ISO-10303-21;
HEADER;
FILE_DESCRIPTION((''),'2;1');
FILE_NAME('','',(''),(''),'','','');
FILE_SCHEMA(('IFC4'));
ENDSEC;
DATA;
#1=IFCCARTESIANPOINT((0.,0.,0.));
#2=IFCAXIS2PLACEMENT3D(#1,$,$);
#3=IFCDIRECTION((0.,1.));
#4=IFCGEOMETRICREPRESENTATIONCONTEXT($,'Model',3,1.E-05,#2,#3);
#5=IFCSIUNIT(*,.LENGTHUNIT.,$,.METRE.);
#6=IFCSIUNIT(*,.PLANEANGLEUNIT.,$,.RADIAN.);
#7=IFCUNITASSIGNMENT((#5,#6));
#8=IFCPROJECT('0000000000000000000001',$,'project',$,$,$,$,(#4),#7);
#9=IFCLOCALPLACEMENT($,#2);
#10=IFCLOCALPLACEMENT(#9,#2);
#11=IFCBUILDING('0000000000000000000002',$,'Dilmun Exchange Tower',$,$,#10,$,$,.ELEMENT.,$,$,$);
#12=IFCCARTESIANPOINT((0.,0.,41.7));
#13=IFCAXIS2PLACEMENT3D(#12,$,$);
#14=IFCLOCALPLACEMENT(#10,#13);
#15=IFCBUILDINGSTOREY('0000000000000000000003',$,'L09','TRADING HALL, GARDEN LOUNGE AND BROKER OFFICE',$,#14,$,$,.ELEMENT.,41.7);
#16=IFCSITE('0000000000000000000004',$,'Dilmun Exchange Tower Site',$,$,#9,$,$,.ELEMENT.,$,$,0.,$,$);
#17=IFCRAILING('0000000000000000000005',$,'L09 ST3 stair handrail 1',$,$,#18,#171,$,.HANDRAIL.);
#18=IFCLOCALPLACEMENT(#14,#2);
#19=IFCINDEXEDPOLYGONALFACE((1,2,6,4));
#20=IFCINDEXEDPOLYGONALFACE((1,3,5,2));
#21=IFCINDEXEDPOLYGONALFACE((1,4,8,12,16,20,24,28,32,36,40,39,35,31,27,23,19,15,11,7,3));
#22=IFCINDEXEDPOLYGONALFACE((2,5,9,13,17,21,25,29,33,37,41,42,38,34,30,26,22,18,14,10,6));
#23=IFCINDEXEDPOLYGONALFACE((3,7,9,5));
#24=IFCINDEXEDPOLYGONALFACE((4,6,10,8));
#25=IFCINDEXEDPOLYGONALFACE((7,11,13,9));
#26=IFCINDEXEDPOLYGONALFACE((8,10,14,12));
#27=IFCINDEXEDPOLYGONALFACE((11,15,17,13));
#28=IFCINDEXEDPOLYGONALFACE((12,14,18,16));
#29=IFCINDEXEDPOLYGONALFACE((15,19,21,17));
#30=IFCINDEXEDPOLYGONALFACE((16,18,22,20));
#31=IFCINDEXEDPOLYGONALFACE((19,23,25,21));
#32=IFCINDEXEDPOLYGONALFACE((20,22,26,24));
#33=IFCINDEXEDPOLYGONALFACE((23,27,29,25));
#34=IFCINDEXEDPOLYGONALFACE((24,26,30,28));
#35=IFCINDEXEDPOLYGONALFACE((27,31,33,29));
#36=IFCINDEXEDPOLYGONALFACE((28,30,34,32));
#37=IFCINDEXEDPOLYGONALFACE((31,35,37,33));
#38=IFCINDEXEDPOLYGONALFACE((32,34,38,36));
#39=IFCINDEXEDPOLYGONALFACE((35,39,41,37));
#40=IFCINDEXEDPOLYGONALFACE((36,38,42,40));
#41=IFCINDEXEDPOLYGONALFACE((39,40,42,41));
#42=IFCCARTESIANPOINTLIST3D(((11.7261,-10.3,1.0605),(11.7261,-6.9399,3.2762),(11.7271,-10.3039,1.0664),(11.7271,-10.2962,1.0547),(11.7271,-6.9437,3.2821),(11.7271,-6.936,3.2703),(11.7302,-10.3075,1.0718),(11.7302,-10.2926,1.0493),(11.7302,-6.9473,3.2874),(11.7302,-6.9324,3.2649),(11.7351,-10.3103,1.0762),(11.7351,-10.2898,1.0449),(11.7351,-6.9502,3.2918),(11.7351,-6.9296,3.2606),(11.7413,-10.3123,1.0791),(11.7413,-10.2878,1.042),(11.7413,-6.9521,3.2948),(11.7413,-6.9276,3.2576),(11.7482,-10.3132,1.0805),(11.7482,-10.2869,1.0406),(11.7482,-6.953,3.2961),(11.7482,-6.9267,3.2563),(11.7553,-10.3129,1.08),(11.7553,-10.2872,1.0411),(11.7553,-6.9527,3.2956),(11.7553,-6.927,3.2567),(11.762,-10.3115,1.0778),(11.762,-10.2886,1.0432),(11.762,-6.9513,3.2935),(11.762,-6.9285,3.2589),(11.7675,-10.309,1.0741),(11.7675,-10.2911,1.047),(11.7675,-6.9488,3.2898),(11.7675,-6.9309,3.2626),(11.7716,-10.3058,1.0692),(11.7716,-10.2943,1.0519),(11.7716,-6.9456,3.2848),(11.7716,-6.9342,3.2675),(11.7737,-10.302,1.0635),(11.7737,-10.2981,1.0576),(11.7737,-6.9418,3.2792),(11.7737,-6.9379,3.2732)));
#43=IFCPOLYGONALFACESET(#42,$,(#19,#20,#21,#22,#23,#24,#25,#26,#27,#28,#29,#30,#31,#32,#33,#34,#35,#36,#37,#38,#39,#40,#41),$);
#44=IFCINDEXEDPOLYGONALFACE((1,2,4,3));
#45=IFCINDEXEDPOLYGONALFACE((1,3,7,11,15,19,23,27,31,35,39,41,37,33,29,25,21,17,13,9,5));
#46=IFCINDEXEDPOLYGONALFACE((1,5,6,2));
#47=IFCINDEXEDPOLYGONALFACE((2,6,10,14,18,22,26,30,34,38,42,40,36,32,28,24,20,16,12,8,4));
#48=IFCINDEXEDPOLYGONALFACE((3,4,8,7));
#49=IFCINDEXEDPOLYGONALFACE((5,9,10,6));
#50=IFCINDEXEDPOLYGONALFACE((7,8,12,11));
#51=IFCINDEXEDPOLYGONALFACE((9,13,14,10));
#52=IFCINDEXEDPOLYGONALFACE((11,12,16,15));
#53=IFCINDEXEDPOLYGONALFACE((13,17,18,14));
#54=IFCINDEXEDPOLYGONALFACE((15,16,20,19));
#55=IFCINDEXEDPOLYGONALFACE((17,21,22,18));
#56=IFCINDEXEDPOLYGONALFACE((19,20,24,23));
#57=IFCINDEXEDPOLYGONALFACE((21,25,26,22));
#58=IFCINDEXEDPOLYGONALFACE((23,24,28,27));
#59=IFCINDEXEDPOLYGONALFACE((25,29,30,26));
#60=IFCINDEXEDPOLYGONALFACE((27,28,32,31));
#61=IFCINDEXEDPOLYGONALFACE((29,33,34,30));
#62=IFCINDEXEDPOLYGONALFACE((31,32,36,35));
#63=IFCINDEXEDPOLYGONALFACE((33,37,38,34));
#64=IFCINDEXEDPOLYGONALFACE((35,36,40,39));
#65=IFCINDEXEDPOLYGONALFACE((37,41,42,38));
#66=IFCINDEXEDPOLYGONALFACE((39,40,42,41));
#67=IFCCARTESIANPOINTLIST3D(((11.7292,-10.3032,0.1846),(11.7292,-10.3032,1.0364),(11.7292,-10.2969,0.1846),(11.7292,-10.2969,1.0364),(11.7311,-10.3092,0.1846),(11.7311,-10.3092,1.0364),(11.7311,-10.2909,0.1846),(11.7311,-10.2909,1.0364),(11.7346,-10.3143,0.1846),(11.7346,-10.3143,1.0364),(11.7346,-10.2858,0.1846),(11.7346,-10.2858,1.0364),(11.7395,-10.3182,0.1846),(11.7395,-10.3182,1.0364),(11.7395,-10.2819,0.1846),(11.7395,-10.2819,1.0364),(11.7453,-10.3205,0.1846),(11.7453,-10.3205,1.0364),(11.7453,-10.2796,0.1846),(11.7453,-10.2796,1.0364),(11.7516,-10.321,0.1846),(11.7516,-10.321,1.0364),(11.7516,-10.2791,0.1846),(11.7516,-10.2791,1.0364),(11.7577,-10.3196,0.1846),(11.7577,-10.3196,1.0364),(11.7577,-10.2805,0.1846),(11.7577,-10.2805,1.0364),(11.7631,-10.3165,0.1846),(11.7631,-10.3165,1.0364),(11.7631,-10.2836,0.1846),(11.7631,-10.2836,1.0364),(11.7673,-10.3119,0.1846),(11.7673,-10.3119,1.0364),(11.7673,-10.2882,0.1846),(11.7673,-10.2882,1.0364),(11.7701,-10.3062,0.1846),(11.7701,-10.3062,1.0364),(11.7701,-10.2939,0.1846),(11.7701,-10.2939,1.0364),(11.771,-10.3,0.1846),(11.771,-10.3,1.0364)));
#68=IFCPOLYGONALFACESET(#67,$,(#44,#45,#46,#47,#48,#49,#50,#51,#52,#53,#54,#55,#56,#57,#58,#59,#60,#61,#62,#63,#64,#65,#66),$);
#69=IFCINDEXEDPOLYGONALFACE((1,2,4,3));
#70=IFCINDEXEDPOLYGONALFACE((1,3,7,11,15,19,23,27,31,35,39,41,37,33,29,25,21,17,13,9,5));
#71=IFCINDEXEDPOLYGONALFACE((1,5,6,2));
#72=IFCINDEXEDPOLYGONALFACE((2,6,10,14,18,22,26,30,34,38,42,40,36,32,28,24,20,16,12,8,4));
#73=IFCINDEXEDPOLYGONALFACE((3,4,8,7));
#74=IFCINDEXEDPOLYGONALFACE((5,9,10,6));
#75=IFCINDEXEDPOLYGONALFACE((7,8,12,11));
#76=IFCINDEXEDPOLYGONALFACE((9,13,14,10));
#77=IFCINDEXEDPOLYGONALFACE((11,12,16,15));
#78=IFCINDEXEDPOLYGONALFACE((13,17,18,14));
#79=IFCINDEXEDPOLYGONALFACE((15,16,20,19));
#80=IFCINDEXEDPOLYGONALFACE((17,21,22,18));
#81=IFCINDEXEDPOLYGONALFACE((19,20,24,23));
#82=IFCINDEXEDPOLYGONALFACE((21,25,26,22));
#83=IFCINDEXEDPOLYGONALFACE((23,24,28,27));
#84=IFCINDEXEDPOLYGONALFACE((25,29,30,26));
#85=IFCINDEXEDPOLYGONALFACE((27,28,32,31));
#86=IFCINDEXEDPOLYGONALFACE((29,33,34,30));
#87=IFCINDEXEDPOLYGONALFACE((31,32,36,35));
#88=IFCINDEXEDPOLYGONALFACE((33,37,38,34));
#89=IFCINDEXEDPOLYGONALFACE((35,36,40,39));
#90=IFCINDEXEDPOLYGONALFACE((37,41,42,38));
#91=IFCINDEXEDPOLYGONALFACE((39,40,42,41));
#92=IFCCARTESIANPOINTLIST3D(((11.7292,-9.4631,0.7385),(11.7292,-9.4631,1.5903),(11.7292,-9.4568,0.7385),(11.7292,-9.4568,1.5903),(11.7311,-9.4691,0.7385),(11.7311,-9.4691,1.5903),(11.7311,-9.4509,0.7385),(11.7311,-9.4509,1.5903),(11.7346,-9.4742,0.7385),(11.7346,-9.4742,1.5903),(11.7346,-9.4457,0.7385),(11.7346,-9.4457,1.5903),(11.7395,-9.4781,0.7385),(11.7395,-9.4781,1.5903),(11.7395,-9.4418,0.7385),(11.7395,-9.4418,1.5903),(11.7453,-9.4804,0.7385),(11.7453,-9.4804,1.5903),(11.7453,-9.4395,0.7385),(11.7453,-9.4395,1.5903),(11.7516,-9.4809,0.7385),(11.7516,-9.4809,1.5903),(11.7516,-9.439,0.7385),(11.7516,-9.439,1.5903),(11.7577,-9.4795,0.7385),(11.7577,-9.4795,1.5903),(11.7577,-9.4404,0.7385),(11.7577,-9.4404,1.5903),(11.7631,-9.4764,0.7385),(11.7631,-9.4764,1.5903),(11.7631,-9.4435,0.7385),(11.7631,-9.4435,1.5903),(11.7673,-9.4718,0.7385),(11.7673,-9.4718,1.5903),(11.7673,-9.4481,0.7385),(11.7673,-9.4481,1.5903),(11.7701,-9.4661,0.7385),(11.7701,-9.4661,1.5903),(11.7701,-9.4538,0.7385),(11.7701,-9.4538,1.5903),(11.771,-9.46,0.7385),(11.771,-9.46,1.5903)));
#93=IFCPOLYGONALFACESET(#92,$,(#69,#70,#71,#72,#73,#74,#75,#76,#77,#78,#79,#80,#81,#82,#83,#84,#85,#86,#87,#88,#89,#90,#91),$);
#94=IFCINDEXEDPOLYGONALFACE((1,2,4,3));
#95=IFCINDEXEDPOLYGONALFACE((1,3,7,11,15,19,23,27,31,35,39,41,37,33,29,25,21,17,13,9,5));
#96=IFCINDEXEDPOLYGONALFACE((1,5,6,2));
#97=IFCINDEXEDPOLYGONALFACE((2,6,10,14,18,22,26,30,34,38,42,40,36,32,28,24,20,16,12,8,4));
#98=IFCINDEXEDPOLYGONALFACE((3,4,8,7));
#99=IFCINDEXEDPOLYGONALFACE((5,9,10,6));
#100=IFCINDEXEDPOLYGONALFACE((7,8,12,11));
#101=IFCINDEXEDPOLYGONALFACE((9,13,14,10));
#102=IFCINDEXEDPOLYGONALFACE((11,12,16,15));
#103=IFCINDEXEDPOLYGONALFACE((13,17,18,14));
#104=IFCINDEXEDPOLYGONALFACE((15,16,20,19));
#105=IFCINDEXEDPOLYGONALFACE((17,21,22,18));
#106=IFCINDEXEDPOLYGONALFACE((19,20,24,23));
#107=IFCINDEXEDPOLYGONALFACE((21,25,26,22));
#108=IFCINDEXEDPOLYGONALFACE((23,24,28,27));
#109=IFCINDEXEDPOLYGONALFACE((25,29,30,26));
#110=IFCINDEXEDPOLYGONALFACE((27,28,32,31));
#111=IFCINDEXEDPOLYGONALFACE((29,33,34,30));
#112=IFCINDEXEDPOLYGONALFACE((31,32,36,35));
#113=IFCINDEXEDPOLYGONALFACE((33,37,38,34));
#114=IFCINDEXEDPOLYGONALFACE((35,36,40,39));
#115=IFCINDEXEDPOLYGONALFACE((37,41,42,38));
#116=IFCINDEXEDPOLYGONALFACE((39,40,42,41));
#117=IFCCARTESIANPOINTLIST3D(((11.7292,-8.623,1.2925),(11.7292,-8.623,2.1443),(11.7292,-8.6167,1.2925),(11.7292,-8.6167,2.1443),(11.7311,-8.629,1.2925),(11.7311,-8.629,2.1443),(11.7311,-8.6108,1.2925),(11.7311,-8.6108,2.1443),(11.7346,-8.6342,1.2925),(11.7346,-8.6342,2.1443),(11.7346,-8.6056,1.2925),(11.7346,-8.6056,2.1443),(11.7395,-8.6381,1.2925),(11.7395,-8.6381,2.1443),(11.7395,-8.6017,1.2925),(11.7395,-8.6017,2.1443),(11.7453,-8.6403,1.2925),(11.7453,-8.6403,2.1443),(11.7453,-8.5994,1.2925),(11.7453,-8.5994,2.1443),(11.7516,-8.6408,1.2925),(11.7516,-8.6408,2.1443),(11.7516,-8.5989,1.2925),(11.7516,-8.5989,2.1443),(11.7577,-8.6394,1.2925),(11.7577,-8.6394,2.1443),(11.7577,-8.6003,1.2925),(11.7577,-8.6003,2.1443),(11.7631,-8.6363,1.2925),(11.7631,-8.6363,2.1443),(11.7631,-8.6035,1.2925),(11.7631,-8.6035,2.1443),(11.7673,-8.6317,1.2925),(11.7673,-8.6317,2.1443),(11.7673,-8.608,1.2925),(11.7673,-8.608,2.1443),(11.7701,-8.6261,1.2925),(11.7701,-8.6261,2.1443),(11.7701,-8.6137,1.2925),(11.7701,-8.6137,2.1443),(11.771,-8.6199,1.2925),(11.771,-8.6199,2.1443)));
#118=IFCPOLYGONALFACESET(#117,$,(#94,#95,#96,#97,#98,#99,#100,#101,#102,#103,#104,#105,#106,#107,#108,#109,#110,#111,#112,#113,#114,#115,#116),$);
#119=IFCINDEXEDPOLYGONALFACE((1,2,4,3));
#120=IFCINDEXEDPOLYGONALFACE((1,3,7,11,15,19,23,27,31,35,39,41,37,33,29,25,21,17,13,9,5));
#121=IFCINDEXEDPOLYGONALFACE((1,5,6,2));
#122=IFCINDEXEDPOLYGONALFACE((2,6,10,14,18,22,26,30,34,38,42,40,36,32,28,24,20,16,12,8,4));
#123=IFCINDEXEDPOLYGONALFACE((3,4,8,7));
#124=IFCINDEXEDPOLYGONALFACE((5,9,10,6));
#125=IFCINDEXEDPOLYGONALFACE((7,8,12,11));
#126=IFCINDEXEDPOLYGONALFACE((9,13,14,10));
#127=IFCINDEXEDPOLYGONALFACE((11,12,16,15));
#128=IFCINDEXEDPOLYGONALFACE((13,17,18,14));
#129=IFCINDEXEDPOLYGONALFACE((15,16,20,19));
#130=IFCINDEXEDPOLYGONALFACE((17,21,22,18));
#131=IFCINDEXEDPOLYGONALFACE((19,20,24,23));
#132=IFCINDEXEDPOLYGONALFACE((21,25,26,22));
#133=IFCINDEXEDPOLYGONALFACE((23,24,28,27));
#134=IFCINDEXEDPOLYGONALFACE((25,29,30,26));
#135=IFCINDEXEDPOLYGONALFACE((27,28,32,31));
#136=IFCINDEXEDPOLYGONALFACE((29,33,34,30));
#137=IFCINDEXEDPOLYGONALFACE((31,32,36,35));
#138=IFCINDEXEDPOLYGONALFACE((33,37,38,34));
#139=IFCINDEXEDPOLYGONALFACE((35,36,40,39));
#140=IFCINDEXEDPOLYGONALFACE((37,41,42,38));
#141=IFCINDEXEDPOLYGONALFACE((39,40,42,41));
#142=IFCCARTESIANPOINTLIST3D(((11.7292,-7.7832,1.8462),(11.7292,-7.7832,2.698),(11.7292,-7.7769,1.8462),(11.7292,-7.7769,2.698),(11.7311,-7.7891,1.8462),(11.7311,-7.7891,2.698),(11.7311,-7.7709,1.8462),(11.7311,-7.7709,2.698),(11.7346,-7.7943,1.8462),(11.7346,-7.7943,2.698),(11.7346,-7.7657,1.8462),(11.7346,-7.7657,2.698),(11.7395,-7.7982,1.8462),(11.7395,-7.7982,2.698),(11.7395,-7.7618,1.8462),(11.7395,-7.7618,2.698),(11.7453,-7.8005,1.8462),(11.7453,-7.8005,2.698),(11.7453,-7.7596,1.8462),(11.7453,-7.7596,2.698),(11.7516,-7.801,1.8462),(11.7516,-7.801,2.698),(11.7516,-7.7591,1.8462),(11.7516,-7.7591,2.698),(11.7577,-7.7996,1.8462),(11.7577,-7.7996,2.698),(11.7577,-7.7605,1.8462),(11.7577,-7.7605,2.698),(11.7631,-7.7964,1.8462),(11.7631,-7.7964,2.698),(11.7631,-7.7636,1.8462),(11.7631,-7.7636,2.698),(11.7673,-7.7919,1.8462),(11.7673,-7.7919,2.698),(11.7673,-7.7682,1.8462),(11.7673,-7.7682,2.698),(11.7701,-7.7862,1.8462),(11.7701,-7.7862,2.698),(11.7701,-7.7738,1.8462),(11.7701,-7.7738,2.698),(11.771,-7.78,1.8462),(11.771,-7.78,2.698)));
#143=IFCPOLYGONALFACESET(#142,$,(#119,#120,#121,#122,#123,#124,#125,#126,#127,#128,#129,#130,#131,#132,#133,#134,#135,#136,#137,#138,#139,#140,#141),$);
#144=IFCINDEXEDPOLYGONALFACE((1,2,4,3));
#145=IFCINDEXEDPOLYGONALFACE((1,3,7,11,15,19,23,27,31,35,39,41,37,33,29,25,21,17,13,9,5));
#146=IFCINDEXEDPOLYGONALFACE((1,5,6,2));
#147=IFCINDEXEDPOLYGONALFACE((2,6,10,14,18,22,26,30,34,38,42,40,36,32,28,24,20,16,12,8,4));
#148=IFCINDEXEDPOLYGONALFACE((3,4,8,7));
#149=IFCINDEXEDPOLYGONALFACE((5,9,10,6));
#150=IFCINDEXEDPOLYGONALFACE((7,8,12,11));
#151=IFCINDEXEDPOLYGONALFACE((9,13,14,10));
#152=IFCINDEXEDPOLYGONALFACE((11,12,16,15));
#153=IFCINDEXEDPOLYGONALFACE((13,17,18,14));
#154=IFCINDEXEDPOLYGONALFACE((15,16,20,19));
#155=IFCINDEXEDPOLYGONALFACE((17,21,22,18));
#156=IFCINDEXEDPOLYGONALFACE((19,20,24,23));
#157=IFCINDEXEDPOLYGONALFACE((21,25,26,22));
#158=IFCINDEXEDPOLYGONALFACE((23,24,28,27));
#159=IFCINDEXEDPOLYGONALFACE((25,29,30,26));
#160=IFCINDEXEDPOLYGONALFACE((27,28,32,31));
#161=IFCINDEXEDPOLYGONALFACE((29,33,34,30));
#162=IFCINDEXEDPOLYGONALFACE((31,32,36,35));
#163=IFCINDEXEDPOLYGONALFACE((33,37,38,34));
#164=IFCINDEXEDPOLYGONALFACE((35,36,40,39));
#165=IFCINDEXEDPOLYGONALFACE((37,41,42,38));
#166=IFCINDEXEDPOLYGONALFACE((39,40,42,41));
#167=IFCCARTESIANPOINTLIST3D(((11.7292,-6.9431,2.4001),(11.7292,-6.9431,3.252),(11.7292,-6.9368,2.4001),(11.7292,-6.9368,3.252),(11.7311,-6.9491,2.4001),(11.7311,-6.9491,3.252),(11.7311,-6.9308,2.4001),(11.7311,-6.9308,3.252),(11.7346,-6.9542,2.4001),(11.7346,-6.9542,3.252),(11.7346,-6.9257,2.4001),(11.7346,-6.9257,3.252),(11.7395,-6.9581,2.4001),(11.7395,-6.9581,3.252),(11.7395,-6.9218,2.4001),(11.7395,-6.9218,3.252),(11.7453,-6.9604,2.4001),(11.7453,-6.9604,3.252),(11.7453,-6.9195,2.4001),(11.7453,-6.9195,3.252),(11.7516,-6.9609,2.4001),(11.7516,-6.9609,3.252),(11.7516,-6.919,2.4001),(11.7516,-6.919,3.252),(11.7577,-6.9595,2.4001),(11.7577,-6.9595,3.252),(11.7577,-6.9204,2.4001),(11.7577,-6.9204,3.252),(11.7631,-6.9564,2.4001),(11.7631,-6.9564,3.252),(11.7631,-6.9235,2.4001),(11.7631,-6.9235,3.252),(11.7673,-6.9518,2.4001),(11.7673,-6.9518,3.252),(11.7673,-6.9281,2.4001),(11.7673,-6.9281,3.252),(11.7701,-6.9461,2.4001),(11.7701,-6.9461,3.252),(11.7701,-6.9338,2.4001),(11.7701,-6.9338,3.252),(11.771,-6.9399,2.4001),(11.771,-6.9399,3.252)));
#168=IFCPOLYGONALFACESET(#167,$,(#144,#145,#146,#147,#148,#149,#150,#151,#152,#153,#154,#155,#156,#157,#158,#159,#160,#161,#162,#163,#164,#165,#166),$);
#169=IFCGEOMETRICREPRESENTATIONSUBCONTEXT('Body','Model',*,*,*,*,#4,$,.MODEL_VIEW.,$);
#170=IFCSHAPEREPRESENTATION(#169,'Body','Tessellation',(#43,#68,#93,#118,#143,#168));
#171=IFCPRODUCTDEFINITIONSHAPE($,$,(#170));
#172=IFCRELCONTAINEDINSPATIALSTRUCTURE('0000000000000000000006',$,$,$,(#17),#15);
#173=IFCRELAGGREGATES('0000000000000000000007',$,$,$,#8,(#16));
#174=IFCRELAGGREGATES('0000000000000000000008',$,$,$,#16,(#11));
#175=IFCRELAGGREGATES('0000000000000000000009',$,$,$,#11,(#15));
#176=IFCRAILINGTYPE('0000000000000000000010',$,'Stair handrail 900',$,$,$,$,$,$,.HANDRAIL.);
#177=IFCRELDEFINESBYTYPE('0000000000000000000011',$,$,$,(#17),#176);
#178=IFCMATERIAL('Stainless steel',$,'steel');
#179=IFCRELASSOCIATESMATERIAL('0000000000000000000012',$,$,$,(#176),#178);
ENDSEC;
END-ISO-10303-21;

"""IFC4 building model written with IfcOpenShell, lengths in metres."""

from ifc_helpers import new_model, si_unit, direction, frame, origin, origin_2d, place, context, subcontext, project, spatial, circle, extrude, material, type_object, element, save


model = new_model("IFC4")

# Units and contexts
model_context = context("Model", 3, precision=1e-05, world=origin(), true_north=direction((0.0, 1.0)))
body_context = subcontext(model_context, "Body", "Model", "MODEL_VIEW")
ifc_project = project(units=[si_unit("LENGTHUNIT", "METRE"), si_unit("PLANEANGLEUNIT", "RADIAN")], contexts=[model_context])

# Site, building, storey
site_placement = place(None, origin())
site = spatial("IfcSite", under=ifc_project, at=site_placement, Name="Dilmun Exchange Tower Site", CompositionType="ELEMENT", RefElevation=0.0)
building_placement = place(site_placement, origin())
building = spatial("IfcBuilding", under=site, at=building_placement, Name="Dilmun Exchange Tower", CompositionType="ELEMENT")
storey_placement = place(building_placement, frame((0.0, 0.0, 41.7)))
storey = spatial("IfcBuildingStorey", under=building, at=storey_placement, Name="L09", Description="TRADING HALL, GARDEN LOUNGE AND BROKER OFFICE", CompositionType="ELEMENT", Elevation=41.7)

# Railing
ifc_material_1 = material(Name="Stainless steel", Category="steel")
railing_type = type_object("IfcRailingType", Name="Stair handrail 900", PredefinedType="HANDRAIL", material=ifc_material_1)
railing_placement = place(storey_placement, frame((11.75, -10.3, 0.1846)))
element("IfcRailing", 1, at=railing_placement, inside=storey, type_object=railing_type, Name="L09 ST3 stair handrail 1", PredefinedType="HANDRAIL", context=body_context, shape_type="SweptSolid", body=[
    extrude(circle(Radius=0.0239, at=origin_2d()), frame((0.0, 0.0, 0.876), z_axis=(0.0, 0.834849, 0.55048), x_axis=(-1.0, 0.0, 0.0)), (0.0, 0.0, 1.0), 4.0249),
    extrude(circle(Radius=0.021, at=origin_2d()), origin(), (0.0, 0.0, 1.0), 0.8518),
    extrude(circle(Radius=0.021, at=origin_2d()), frame((0.0, 0.8401, 0.554)), (0.0, 0.0, 1.0), 0.8518),
    extrude(circle(Radius=0.021, at=origin_2d()), frame((0.0, 1.6802, 1.1079)), (0.0, 0.0, 1.0), 0.8518),
    extrude(circle(Radius=0.021, at=origin_2d()), frame((0.0, 2.52, 1.6616)), (0.0, 0.0, 1.0), 0.8518),
    extrude(circle(Radius=0.021, at=origin_2d()), frame((0.0, 3.3601, 2.2156)), (0.0, 0.0, 1.0), 0.8518),
])

save(model, "model.ifc")
